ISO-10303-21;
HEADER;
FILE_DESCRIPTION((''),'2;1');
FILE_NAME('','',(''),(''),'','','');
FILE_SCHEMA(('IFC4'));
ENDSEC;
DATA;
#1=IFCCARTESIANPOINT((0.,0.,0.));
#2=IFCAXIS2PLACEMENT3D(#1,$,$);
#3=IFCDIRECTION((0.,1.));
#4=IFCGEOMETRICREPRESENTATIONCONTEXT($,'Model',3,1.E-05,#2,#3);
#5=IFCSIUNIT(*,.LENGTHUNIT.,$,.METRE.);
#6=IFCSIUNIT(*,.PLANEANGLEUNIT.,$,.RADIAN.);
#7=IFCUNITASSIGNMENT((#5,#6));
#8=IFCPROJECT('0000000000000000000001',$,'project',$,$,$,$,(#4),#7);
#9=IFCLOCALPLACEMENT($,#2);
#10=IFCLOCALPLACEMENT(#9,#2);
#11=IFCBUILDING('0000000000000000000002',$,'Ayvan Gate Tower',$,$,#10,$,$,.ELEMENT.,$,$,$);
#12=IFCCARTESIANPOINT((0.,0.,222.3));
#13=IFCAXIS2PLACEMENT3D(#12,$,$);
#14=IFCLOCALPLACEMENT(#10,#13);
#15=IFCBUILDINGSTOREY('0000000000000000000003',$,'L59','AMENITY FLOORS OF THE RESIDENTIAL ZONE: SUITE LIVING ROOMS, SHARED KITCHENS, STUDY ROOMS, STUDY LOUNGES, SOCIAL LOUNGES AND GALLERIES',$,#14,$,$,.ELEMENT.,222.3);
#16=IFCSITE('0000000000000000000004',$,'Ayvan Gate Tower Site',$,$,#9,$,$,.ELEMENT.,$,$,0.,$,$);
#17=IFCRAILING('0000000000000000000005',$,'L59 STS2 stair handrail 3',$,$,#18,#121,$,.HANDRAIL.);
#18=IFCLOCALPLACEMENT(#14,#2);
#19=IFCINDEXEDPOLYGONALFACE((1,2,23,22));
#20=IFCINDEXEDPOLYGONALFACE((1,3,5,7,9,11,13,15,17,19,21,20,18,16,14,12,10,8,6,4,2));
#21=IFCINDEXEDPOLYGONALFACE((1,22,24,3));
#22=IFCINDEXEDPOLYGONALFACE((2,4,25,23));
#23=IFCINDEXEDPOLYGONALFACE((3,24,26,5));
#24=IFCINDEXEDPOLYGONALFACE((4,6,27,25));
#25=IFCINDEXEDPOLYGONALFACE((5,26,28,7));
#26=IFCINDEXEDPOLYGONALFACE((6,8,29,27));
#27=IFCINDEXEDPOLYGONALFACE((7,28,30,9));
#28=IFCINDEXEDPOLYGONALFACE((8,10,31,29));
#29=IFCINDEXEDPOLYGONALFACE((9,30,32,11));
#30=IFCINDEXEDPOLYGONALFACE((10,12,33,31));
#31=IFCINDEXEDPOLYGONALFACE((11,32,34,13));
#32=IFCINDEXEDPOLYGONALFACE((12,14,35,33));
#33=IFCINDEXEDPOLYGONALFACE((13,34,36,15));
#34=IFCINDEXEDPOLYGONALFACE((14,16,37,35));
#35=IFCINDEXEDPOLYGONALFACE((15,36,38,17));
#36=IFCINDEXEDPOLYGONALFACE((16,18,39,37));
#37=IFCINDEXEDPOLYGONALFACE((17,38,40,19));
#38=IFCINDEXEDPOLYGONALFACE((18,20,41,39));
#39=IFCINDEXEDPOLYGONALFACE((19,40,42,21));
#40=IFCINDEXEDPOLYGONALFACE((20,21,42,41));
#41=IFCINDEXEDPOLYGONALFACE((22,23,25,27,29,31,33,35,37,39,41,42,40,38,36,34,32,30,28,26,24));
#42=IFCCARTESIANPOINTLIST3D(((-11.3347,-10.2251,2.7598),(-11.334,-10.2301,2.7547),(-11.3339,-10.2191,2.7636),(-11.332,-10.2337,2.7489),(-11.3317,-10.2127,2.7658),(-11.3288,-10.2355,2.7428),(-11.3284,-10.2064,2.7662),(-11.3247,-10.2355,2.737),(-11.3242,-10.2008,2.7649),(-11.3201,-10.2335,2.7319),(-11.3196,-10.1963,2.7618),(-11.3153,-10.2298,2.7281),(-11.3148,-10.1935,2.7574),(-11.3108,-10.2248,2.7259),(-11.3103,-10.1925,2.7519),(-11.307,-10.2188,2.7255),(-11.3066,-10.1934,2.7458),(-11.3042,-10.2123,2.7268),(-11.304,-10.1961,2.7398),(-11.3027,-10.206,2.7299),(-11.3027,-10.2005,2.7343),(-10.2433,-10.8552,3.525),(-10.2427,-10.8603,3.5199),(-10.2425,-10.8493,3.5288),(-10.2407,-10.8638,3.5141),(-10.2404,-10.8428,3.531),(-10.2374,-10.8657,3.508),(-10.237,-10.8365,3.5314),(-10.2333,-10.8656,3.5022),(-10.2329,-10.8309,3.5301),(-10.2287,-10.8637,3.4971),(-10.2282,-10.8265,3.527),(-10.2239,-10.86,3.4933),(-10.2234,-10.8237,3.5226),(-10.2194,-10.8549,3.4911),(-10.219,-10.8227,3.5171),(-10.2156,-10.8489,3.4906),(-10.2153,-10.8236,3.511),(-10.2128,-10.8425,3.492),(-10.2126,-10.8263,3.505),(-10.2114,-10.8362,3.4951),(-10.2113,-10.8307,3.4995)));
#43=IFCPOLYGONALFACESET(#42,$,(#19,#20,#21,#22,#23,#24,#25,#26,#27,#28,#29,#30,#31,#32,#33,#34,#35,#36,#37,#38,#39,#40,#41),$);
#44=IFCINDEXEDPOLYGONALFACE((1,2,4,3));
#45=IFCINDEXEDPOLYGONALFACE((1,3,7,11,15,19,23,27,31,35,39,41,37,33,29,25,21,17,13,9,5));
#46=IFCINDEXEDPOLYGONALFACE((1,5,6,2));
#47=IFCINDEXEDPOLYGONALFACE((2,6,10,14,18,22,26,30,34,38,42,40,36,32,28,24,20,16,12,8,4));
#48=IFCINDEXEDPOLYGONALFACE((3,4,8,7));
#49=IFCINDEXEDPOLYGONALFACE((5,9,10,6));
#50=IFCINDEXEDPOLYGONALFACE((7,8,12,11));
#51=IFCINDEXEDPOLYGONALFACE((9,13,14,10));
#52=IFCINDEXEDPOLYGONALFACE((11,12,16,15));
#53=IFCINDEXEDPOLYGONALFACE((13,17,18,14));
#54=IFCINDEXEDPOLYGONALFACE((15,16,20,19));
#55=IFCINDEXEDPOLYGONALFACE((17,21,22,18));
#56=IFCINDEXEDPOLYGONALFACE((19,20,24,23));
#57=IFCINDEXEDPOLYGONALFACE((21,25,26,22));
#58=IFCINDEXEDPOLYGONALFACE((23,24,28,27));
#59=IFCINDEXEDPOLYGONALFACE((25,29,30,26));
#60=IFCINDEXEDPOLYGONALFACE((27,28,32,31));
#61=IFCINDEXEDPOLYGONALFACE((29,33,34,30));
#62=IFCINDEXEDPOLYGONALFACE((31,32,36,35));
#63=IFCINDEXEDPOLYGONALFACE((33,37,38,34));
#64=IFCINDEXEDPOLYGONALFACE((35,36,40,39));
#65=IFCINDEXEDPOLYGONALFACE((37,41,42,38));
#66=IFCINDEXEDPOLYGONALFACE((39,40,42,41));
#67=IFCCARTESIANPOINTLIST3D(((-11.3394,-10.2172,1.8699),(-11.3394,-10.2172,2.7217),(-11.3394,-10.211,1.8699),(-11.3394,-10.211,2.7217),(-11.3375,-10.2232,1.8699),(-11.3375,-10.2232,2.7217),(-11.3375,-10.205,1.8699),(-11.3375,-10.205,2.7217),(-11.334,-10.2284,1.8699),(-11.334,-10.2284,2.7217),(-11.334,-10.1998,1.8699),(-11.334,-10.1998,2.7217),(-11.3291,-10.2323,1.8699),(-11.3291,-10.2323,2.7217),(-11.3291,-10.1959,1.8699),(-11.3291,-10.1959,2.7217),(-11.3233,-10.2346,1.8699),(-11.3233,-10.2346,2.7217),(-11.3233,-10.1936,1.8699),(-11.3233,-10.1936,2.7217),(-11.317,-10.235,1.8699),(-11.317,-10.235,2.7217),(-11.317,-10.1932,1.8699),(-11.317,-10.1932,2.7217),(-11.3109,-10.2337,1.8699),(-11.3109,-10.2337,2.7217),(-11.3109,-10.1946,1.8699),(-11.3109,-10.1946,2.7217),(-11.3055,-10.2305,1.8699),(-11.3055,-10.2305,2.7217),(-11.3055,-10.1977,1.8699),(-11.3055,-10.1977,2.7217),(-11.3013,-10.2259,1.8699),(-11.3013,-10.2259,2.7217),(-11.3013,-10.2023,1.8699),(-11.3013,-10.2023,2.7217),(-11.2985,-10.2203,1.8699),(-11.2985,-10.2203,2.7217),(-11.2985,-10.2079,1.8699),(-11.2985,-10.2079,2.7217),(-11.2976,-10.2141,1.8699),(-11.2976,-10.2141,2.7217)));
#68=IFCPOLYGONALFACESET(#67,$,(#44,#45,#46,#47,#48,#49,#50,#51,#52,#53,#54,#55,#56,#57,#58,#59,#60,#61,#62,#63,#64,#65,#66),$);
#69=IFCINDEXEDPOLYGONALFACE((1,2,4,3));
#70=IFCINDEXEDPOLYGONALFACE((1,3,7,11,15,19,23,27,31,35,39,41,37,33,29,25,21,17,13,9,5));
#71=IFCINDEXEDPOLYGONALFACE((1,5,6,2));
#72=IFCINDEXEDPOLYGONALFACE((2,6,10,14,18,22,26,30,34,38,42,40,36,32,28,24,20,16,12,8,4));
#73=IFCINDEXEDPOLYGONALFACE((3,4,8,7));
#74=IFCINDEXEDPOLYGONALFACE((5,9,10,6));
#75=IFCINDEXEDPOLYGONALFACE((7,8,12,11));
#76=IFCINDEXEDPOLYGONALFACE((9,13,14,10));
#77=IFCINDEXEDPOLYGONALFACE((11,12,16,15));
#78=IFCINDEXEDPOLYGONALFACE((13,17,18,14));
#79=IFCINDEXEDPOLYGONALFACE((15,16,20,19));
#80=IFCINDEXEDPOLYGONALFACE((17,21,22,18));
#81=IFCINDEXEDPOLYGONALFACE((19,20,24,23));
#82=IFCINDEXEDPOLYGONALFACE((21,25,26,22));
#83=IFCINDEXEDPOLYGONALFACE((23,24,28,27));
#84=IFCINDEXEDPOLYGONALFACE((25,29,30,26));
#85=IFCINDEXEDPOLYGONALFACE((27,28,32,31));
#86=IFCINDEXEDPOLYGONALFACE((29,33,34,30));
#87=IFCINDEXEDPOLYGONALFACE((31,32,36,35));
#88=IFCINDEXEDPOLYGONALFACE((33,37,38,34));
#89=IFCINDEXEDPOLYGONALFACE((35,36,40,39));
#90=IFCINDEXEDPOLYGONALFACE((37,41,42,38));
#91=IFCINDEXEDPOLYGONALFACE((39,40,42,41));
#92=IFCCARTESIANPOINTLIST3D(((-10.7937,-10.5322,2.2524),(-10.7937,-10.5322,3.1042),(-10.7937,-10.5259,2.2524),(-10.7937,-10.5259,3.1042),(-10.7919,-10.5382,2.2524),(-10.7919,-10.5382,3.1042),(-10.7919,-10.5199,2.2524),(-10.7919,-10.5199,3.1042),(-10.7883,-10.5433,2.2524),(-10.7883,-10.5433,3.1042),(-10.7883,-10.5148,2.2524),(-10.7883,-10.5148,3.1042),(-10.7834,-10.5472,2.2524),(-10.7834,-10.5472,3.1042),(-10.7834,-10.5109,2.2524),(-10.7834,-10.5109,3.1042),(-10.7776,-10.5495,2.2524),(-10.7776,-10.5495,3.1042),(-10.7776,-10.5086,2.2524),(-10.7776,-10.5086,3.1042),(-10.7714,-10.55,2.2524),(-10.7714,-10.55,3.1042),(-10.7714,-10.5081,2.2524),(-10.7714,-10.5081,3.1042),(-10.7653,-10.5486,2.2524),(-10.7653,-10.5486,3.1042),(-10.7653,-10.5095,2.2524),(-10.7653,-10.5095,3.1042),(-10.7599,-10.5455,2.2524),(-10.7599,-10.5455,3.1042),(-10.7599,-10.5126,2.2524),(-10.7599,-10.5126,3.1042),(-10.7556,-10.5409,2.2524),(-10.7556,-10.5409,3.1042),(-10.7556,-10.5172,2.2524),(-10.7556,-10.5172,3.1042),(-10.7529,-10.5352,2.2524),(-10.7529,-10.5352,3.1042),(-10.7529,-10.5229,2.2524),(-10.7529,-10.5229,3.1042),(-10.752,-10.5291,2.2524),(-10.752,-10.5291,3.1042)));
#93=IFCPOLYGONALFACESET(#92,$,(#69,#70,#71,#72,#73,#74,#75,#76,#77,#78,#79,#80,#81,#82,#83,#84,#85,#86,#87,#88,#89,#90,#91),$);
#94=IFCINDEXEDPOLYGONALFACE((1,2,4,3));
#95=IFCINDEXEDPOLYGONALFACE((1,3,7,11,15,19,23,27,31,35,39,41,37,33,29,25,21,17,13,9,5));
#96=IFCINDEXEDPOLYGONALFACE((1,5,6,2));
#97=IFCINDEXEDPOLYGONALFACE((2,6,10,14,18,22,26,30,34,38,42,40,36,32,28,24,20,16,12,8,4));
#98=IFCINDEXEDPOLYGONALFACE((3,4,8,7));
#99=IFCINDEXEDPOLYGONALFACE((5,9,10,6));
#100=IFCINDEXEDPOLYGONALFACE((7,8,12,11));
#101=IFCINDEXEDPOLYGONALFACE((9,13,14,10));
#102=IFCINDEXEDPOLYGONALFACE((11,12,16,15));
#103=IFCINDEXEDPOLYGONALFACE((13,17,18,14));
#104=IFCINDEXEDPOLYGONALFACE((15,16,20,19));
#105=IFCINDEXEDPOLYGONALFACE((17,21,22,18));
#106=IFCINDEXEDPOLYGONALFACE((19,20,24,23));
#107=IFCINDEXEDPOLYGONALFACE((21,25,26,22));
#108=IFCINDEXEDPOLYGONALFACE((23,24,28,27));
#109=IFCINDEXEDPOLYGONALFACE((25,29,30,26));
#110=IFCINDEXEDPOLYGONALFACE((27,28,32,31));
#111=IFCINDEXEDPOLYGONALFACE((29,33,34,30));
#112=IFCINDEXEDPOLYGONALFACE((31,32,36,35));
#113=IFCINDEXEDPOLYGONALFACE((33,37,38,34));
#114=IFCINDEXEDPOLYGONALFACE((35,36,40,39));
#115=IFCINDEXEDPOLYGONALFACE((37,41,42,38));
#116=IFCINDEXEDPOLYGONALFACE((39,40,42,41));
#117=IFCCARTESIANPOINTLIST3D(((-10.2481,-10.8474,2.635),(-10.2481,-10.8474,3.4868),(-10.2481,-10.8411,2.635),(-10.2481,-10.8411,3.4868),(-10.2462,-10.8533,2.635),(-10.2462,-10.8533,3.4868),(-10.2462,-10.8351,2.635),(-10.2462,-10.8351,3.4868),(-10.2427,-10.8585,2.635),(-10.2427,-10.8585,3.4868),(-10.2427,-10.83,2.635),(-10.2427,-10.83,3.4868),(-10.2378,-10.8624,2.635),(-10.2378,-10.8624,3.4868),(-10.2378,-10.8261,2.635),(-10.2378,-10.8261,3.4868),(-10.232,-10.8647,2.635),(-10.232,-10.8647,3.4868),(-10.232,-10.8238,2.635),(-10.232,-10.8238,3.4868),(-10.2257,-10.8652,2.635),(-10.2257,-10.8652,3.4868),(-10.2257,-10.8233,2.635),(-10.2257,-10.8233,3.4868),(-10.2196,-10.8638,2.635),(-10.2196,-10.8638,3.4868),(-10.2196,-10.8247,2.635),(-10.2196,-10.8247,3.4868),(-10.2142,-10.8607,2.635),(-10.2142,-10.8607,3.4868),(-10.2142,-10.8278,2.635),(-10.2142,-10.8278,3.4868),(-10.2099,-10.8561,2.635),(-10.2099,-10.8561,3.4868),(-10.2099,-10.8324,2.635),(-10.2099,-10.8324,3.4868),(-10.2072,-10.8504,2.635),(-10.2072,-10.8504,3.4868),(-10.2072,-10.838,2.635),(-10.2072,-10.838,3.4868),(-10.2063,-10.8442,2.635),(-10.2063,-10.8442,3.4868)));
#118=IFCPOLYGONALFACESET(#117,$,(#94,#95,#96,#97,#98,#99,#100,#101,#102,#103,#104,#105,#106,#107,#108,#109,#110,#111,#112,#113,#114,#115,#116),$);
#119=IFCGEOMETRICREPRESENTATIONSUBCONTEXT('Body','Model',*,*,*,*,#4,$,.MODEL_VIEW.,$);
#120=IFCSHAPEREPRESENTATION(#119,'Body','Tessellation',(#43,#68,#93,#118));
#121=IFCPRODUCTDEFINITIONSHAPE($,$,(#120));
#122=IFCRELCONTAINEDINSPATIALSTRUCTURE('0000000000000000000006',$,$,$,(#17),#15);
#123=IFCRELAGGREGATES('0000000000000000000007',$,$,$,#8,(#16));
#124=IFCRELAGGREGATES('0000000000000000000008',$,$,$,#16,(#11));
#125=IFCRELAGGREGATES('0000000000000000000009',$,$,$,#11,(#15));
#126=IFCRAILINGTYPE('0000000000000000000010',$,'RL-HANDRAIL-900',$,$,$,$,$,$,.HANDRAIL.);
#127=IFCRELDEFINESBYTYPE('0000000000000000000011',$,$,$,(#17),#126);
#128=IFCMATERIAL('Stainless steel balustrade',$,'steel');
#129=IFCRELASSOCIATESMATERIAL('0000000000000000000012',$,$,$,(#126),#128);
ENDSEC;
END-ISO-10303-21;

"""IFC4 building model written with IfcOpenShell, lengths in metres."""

from ifc_helpers import new_model, si_unit, direction, frame, origin, origin_2d, place, context, subcontext, project, spatial, circle, extrude, material, type_object, element, save


model = new_model("IFC4")

# Units and contexts
model_context = context("Model", 3, precision=1e-05, world=origin(), true_north=direction((0.0, 1.0)))
body_context = subcontext(model_context, "Body", "Model", "MODEL_VIEW")
ifc_project = project(units=[si_unit("LENGTHUNIT", "METRE"), si_unit("PLANEANGLEUNIT", "RADIAN")], contexts=[model_context])

# Site, building, storey
site_placement = place(None, origin())
site = spatial("IfcSite", under=ifc_project, at=site_placement, Name="Ayvan Gate Tower Site", CompositionType="ELEMENT", RefElevation=0.0)
building_placement = place(site_placement, origin())
building = spatial("IfcBuilding", under=site, at=building_placement, Name="Ayvan Gate Tower", CompositionType="ELEMENT")
storey_placement = place(building_placement, frame((0.0, 0.0, 222.3)))
storey = spatial("IfcBuildingStorey", under=building, at=storey_placement, Name="L59", Description="AMENITY FLOORS OF THE RESIDENTIAL ZONE: SUITE LIVING ROOMS, SHARED KITCHENS, STUDY ROOMS, STUDY LOUNGES, SOCIAL LOUNGES AND GALLERIES", CompositionType="ELEMENT", Elevation=222.3)

# Railing
ifc_material_1 = material(Name="Stainless steel balustrade", Category="steel")
railing_type_1 = type_object("IfcRailingType", Name="RL-HANDRAIL-900", PredefinedType="HANDRAIL", material=ifc_material_1)
railing_1_placement = place(storey_placement, frame((-11.3186, -10.2141, 1.8699)))
element("IfcRailing", 1, at=railing_1_placement, inside=storey, type_object=railing_type_1, Name="L59 STS2 stair handrail 3", PredefinedType="HANDRAIL", context=body_context, shape_type="SweptSolid", body=[
    extrude(circle(Radius=0.0239, at=origin_2d()), frame((0.0, 0.0, 0.876), z_axis=(0.740241, -0.427419, 0.518996), x_axis=(0.500035, 0.866005, 0.0)), (0.0, 0.0, 1.0), 1.4744),
    extrude(circle(Radius=0.021, at=origin_2d()), origin(), (0.0, 0.0, 1.0), 0.8518),
    extrude(circle(Radius=0.021, at=origin_2d()), frame((0.5457, -0.3149, 0.3826)), (0.0, 0.0, 1.0), 0.8518),
    extrude(circle(Radius=0.021, at=origin_2d()), frame((1.0913, -0.6301, 0.7651)), (0.0, 0.0, 1.0), 0.8518),
])

save(model, "model.ifc")
